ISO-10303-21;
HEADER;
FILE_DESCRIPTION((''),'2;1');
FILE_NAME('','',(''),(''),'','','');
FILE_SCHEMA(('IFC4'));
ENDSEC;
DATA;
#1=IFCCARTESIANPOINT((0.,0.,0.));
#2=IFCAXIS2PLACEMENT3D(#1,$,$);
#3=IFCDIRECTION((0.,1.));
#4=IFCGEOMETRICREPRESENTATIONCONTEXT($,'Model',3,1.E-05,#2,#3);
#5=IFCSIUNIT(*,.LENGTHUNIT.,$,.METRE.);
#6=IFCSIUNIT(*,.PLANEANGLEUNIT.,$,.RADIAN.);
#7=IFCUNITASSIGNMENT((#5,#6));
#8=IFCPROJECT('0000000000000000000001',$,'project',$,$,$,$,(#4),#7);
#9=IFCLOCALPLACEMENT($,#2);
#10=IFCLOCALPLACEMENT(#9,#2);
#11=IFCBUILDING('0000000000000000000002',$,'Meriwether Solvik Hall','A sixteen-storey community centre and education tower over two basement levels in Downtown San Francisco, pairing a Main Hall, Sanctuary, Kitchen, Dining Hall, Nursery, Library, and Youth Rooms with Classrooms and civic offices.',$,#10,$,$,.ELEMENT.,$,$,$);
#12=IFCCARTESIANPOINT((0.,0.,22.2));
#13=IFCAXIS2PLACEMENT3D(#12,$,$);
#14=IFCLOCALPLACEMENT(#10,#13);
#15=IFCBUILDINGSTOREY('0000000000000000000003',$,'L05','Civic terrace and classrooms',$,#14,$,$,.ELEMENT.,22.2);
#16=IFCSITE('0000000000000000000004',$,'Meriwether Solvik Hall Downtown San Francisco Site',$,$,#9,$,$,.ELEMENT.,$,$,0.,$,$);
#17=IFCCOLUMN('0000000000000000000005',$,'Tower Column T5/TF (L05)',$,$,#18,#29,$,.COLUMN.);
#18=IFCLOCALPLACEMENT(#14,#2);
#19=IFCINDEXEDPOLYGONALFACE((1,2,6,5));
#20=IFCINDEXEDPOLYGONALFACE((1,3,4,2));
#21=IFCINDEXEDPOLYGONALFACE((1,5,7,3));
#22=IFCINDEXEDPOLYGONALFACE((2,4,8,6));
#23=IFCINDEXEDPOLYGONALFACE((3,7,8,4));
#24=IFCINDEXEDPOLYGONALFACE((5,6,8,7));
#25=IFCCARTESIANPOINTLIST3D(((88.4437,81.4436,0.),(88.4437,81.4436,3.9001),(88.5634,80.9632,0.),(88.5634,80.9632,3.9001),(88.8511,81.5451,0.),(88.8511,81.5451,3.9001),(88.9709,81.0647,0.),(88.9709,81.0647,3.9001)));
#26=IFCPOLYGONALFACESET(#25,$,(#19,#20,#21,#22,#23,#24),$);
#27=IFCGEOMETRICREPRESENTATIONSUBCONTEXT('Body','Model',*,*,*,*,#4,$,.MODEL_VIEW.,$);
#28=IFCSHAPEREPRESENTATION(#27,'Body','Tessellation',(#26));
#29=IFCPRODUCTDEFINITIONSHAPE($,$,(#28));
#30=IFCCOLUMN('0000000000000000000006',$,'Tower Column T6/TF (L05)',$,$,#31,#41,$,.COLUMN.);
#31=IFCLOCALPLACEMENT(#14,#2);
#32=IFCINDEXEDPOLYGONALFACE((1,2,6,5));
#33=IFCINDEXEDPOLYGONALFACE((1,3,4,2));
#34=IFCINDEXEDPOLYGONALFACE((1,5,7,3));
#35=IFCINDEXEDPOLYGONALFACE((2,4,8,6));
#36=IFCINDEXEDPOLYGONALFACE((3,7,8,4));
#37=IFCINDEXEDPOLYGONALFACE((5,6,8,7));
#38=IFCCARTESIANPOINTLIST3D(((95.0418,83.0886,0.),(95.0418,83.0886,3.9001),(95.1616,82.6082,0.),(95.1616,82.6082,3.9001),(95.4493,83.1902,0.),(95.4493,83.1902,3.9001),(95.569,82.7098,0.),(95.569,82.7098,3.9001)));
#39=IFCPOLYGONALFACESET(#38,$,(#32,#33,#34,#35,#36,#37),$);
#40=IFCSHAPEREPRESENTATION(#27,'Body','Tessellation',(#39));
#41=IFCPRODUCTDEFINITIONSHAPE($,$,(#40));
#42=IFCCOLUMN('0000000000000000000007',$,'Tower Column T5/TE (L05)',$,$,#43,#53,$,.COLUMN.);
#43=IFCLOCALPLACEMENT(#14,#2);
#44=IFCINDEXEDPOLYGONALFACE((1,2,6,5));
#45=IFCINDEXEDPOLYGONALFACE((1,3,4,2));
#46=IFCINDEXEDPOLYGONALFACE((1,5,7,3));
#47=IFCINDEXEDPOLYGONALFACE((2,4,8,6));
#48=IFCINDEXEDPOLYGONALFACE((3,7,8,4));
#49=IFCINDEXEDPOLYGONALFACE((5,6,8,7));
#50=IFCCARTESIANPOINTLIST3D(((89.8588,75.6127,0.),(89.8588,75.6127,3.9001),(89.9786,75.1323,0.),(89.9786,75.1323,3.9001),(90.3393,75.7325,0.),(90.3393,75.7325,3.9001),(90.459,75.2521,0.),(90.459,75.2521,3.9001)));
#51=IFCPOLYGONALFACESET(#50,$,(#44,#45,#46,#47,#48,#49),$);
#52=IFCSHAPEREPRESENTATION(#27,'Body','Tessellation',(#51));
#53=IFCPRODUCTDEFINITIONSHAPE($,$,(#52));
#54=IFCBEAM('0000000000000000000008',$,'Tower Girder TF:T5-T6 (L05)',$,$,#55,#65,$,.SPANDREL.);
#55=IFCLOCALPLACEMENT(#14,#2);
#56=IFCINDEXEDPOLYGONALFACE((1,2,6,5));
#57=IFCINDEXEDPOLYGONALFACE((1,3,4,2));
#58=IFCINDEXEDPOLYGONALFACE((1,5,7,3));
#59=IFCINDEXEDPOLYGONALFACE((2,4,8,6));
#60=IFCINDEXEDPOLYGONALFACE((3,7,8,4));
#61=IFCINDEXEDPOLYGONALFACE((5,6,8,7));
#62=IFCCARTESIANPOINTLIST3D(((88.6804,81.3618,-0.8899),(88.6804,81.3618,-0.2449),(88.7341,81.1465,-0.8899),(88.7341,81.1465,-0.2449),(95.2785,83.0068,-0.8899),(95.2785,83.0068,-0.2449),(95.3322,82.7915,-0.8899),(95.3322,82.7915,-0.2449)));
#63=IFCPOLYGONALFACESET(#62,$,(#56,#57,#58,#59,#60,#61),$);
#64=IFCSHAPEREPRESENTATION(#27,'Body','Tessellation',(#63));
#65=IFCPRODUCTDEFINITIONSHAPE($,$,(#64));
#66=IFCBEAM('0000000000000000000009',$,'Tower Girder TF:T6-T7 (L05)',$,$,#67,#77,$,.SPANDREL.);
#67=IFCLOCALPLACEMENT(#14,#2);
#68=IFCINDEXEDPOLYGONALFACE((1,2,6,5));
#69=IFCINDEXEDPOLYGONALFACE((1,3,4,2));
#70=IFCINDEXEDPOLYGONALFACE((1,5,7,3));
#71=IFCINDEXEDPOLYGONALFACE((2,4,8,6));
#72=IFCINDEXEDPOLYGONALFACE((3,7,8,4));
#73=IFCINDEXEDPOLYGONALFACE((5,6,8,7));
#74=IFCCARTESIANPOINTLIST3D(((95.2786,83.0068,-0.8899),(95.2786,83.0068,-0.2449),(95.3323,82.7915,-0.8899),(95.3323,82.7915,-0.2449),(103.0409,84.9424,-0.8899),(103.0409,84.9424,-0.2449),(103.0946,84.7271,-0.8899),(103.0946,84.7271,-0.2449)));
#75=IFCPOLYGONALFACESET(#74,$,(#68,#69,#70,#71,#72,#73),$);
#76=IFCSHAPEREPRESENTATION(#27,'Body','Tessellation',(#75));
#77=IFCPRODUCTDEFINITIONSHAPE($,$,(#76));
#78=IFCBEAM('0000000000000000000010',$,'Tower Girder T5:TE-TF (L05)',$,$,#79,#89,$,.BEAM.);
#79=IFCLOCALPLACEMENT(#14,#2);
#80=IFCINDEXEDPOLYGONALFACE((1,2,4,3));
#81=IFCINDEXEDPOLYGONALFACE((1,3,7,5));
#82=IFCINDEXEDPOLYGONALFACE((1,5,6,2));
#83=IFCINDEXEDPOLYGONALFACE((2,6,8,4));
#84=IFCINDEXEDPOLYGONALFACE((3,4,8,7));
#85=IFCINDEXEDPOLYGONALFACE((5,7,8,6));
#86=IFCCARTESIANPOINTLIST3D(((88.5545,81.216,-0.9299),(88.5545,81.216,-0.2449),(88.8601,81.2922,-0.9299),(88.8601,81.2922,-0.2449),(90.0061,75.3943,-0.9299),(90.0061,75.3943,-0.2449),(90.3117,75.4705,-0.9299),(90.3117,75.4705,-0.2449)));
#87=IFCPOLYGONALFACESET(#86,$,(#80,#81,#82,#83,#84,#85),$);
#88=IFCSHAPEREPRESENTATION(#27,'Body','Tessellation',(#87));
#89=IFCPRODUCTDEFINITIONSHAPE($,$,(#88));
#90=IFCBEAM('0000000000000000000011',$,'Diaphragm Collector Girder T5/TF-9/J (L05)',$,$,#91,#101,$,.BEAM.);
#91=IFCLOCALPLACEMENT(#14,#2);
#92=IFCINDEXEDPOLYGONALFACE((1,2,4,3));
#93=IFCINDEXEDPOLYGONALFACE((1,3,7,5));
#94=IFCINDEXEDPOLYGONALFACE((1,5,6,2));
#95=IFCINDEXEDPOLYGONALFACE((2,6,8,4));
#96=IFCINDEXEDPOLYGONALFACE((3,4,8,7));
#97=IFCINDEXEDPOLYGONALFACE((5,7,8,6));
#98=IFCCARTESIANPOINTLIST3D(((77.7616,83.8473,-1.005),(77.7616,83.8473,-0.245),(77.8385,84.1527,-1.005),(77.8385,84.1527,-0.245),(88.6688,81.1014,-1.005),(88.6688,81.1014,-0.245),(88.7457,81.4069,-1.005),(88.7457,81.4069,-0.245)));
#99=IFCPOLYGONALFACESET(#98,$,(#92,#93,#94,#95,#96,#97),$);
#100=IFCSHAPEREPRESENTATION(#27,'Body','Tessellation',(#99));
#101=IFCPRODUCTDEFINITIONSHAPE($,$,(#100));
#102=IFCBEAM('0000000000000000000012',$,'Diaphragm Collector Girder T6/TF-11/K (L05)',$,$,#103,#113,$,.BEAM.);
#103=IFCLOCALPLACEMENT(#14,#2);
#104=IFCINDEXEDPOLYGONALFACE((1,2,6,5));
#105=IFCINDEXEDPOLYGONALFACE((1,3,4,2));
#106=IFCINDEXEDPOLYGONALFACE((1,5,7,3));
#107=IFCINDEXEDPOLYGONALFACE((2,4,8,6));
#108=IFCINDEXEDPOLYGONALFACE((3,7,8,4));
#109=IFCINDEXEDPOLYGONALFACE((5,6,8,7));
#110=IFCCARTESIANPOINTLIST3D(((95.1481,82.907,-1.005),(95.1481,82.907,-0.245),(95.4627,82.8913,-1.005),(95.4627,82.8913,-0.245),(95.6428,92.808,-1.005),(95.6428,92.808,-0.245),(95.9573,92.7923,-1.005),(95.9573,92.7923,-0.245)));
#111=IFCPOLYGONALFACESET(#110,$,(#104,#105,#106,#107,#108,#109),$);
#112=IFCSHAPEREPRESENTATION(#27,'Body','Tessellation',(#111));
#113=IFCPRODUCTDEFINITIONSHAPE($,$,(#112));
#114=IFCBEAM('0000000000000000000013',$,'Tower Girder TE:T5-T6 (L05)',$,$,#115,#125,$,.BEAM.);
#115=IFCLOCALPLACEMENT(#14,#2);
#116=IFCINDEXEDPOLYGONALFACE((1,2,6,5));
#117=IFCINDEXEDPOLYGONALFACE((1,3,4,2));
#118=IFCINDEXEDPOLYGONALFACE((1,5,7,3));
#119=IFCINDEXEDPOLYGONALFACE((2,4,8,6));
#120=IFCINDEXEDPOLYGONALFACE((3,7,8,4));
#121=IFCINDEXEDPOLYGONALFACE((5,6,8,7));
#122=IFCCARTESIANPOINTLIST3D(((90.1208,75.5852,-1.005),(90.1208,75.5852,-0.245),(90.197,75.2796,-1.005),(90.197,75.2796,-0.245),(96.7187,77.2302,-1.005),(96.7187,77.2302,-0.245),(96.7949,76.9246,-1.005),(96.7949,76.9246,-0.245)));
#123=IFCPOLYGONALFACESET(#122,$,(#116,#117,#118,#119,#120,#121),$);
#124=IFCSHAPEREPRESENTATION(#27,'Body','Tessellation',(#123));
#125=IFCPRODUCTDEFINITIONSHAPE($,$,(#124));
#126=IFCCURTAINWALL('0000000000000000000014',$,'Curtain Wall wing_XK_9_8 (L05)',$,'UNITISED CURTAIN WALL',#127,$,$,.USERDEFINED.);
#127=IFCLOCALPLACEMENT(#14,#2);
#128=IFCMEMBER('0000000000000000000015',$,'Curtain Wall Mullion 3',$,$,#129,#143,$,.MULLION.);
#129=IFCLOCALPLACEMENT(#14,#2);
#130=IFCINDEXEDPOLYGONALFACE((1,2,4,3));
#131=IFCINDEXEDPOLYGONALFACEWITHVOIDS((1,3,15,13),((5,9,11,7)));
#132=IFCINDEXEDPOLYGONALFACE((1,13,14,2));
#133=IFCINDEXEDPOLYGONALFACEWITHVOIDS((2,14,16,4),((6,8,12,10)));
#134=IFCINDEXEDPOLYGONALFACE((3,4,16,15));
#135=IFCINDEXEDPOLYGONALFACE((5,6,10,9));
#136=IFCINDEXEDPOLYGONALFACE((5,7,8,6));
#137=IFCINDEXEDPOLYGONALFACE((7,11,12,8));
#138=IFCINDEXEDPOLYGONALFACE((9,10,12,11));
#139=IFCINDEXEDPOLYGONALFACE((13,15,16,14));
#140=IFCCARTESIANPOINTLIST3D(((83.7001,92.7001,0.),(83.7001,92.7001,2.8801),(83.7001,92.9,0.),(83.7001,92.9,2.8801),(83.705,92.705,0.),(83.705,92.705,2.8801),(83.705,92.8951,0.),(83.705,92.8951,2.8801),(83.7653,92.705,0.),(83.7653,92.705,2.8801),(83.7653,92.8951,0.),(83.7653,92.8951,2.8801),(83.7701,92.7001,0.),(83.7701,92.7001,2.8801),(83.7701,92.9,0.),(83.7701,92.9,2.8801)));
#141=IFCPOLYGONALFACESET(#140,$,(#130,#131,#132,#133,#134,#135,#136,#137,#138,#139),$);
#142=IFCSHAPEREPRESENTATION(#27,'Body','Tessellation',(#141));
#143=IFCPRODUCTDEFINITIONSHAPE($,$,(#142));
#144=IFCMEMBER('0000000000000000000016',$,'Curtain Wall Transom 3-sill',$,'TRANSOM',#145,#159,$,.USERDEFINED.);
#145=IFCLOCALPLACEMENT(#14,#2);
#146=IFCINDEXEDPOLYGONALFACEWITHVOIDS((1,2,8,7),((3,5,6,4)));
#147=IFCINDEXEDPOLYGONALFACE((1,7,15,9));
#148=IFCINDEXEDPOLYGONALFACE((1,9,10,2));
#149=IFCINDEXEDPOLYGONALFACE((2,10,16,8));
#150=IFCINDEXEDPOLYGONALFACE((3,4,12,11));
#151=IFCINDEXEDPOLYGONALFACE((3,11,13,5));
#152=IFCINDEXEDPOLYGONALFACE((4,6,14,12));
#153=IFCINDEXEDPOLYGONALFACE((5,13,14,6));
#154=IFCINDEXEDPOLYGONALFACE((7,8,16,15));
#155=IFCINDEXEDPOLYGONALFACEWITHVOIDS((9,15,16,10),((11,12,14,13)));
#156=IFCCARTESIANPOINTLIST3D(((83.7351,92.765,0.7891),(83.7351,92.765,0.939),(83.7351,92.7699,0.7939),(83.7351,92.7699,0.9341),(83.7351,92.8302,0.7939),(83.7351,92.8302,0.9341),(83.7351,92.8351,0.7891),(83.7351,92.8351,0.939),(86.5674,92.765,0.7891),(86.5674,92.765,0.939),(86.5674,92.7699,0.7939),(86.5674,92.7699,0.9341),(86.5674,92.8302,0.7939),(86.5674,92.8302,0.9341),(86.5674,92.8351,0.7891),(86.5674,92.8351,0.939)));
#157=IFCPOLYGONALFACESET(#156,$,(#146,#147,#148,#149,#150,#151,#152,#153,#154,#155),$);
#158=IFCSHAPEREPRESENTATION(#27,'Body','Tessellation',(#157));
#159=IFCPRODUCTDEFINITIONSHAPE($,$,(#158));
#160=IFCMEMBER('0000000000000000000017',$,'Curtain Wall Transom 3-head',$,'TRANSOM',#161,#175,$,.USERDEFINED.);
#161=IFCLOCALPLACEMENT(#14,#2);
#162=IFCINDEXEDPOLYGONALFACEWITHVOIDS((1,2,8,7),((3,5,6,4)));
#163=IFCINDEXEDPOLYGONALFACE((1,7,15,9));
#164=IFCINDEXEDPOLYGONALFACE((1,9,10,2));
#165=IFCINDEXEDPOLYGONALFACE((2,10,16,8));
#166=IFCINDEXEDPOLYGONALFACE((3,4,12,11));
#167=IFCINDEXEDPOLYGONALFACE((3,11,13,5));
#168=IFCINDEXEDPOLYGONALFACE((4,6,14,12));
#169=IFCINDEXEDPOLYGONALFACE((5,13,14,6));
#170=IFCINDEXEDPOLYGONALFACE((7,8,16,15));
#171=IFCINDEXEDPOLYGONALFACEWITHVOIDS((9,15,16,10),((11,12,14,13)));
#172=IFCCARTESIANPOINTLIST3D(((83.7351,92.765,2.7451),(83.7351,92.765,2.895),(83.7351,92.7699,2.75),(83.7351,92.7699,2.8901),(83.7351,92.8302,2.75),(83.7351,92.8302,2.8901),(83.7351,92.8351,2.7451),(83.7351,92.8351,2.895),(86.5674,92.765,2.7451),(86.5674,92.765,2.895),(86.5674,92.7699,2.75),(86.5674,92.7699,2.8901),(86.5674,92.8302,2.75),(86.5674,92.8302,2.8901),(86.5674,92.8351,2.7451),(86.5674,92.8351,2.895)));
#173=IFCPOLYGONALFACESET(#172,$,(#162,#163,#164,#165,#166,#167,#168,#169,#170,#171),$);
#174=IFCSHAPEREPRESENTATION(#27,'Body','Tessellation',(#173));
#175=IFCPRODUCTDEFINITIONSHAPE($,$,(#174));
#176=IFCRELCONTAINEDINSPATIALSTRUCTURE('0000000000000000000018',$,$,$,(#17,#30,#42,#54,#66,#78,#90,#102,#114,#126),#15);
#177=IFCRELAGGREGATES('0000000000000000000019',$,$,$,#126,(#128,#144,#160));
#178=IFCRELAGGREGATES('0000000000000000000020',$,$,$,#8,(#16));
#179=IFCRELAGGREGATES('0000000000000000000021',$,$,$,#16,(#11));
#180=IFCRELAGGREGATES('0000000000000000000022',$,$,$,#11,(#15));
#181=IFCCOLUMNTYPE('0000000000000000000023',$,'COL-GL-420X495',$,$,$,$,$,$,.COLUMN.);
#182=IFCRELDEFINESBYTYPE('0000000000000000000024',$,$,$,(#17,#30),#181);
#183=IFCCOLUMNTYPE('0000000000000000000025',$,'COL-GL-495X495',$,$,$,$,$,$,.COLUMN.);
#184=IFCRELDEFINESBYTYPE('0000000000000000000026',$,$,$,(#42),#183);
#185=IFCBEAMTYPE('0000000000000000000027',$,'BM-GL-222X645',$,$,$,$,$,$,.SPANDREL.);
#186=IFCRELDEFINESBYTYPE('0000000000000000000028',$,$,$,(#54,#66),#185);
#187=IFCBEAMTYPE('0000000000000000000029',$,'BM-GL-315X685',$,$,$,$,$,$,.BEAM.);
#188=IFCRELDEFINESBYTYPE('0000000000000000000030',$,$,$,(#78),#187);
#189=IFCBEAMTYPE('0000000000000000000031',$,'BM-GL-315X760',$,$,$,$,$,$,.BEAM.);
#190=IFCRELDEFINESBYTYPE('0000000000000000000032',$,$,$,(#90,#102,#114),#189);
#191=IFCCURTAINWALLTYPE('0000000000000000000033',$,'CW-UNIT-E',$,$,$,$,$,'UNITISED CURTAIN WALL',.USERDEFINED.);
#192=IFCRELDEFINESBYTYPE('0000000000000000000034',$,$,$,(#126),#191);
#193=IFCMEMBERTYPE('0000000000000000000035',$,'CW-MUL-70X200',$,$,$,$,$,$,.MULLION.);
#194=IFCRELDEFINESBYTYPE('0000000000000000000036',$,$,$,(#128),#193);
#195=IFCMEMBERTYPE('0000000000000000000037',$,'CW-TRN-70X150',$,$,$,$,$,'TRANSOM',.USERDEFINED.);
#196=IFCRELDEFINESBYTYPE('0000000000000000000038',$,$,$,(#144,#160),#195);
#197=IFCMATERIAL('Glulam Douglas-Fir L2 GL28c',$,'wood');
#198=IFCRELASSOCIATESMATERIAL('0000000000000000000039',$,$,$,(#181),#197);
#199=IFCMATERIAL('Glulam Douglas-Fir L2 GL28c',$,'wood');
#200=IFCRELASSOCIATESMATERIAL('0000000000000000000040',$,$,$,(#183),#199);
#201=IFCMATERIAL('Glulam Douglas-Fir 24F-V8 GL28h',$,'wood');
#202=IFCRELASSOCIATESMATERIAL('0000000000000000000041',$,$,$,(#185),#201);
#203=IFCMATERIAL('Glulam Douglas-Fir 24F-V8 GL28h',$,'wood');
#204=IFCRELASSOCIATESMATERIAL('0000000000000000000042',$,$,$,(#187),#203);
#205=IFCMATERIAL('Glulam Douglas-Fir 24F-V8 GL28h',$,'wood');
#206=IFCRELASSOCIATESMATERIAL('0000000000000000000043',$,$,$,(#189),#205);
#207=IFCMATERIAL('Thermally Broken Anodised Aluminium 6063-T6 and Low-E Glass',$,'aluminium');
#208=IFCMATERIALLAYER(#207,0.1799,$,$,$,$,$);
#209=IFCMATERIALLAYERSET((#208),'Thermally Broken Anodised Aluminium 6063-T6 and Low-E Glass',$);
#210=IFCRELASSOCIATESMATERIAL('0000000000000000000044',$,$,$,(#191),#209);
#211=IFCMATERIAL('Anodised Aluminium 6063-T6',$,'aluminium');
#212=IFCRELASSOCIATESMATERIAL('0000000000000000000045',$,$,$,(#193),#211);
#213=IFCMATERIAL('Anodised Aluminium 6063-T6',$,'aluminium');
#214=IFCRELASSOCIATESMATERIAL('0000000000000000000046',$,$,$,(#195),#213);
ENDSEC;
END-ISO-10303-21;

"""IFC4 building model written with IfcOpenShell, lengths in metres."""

from ifc_helpers import new_model, si_unit, direction, frame, origin, origin_2d, place, context, subcontext, project, spatial, rectangle, hollow_rectangle, extrude, material, layer, layer_set, material_profile, profile_set, type_object, element, aggregate, save


model = new_model("IFC4")

# Units and contexts
model_context = context("Model", 3, precision=1e-05, world=origin(), true_north=direction((0.0, 1.0)))
body_context = subcontext(model_context, "Body", "Model", "MODEL_VIEW")
ifc_project = project(units=[si_unit("LENGTHUNIT", "METRE"), si_unit("PLANEANGLEUNIT", "RADIAN")], contexts=[model_context])

# Site, building, storey
site_placement = place(None, origin())
site = spatial("IfcSite", under=ifc_project, at=site_placement, Name="Meriwether Solvik Hall Downtown San Francisco Site", CompositionType="ELEMENT", RefElevation=0.0)
building_placement = place(site_placement, origin())
building = spatial("IfcBuilding", under=site, at=building_placement, Name="Meriwether Solvik Hall", Description="A sixteen-storey community centre and education tower over two basement levels in Downtown San Francisco, pairing a Main Hall, Sanctuary, Kitchen, Dining Hall, Nursery, Library, and Youth Rooms with Classrooms and civic offices.", CompositionType="ELEMENT")
storey_placement = place(building_placement, frame((0.0, 0.0, 22.2)))
storey = spatial("IfcBuildingStorey", under=building, at=storey_placement, Name="L05", Description="Civic terrace and classrooms", CompositionType="ELEMENT", Elevation=22.2)

# Columns
ifc_material_1 = material(Name="Glulam Douglas-Fir L2 GL28c", Category="wood")
ifc_material_profile_1 = material_profile(ifc_material_1, rectangle(XDim=0.4199, YDim=0.4951, at=origin_2d()), Name="GLC-420X495")
ifc_profile_set_1 = profile_set([ifc_material_profile_1], Name="Glulam Douglas-Fir L2 GL28c")
column_type_1 = type_object("IfcColumnType", Name="COL-GL-420X495", PredefinedType="COLUMN", material=ifc_profile_set_1)
for number, where, z_axis, x_axis, name in (
    (1, (88.7073, 81.2542, 0.0), (0.0, 0.0, 1.0), (0.970296, 0.241922, 0.0), "Tower Column T5/TF (L05)"),
    (2, (95.3054, 82.8992, 0.0), (0.0, 0.0, 1.0), (0.970296, 0.241922, 0.0), "Tower Column T6/TF (L05)"),
):
    element("IfcColumn", number, at=place(storey_placement, frame(where, z_axis=z_axis, x_axis=x_axis)), inside=storey, type_object=column_type_1, Name=name, PredefinedType="COLUMN", context=body_context, shape_type="SweptSolid", body=[
        extrude(rectangle(XDim=0.4199, YDim=0.4951, at=origin_2d()), origin(), (0.0, 0.0, 1.0), 3.9001),
    ])
ifc_material_2 = material(Name="Glulam Douglas-Fir L2 GL28c", Category="wood")
ifc_material_profile_2 = material_profile(ifc_material_2, rectangle(XDim=0.4951, YDim=0.4951, at=origin_2d()), Name="GLC-495X495")
ifc_profile_set_2 = profile_set([ifc_material_profile_2], Name="Glulam Douglas-Fir L2 GL28c")
column_type_2 = type_object("IfcColumnType", Name="COL-GL-495X495", PredefinedType="COLUMN", material=ifc_profile_set_2)
column_placement = place(storey_placement, frame((90.1589, 75.4324, 0.0), z_axis=(0.0, 0.0, 1.0), x_axis=(0.970296, 0.241922, 0.0)))
element("IfcColumn", 3, at=column_placement, inside=storey, type_object=column_type_2, Name="Tower Column T5/TE (L05)", PredefinedType="COLUMN", context=body_context, shape_type="SweptSolid", body=[
    extrude(rectangle(XDim=0.4951, YDim=0.4951, at=origin_2d()), origin(), (0.0, 0.0, 1.0), 3.9001),
])

# Beams
ifc_material_3 = material(Name="Glulam Douglas-Fir 24F-V8 GL28h", Category="wood")
ifc_material_profile_3 = material_profile(ifc_material_3, rectangle(XDim=0.2219, YDim=0.645, at=origin_2d()), Name="GLB-222X645")
ifc_profile_set_3 = profile_set([ifc_material_profile_3], Name="Glulam Douglas-Fir 24F-V8 GL28h")
beam_type_1 = type_object("IfcBeamType", Name="BM-GL-222X645", PredefinedType="SPANDREL", material=ifc_profile_set_3)
beam_1_placement = place(storey_placement, frame((88.7073, 81.2542, -0.5674), z_axis=(0.970299, 0.24191, 0.0), x_axis=(-0.24191, 0.970299, 0.0)))
element("IfcBeam", 4, at=beam_1_placement, inside=storey, type_object=beam_type_1, Name="Tower Girder TF:T5-T6 (L05)", PredefinedType="SPANDREL", context=body_context, shape_type="SweptSolid", body=[
    extrude(rectangle(XDim=0.2219, YDim=0.645, at=origin_2d()), origin(), (0.0, 0.0, 1.0), 6.8),
])
beam_2_placement = place(storey_placement, frame((95.3054, 82.8992, -0.5674), z_axis=(0.97029, 0.241947, 0.0), x_axis=(-0.241947, 0.97029, 0.0)))
element("IfcBeam", 5, at=beam_2_placement, inside=storey, type_object=beam_type_1, Name="Tower Girder TF:T6-T7 (L05)", PredefinedType="SPANDREL", context=body_context, shape_type="SweptSolid", body=[
    extrude(rectangle(XDim=0.2219, YDim=0.645, at=origin_2d()), origin(), (0.0, 0.0, 1.0), 8.0),
])
ifc_material_4 = material(Name="Glulam Douglas-Fir 24F-V8 GL28h", Category="wood")
ifc_material_profile_4 = material_profile(ifc_material_4, rectangle(XDim=0.3149, YDim=0.6851, at=origin_2d()), Name="GLB-315X685")
ifc_profile_set_4 = profile_set([ifc_material_profile_4], Name="Glulam Douglas-Fir 24F-V8 GL28h")
beam_type_2 = type_object("IfcBeamType", Name="BM-GL-315X685", PredefinedType="BEAM", material=ifc_profile_set_4)
beam_3_placement = place(storey_placement, frame((90.1589, 75.4324, -0.5874), z_axis=(-0.241942, 0.970291, 0.0), x_axis=(-0.970291, -0.241942, 0.0)))
element("IfcBeam", 6, at=beam_3_placement, inside=storey, type_object=beam_type_2, Name="Tower Girder T5:TE-TF (L05)", PredefinedType="BEAM", context=body_context, shape_type="SweptSolid", body=[
    extrude(rectangle(XDim=0.3149, YDim=0.6851, at=origin_2d()), origin(), (0.0, 0.0, 1.0), 6.0),
])
ifc_material_5 = material(Name="Glulam Douglas-Fir 24F-V8 GL28h", Category="wood")
ifc_material_profile_5 = material_profile(ifc_material_5, rectangle(XDim=0.3149, YDim=0.76, at=origin_2d()), Name="GLB-315X760")
ifc_profile_set_5 = profile_set([ifc_material_profile_5], Name="Glulam Douglas-Fir 24F-V8 GL28h")
beam_type_3 = type_object("IfcBeamType", Name="BM-GL-315X760", PredefinedType="BEAM", material=ifc_profile_set_5)
beam_4_placement = place(storey_placement, frame((88.7073, 81.2542, -0.625), z_axis=(-0.969743, 0.244129, 0.0), x_axis=(-0.244129, -0.969743, 0.0)))
element("IfcBeam", 7, at=beam_4_placement, inside=storey, type_object=beam_type_3, Name="Diaphragm Collector Girder T5/TF-9/J (L05)", PredefinedType="BEAM", context=body_context, shape_type="SweptSolid", body=[
    extrude(rectangle(XDim=0.3149, YDim=0.76, at=origin_2d()), origin(), (0.0, 0.0, 1.0), 11.2476),
])
beam_5_placement = place(storey_placement, frame((95.3054, 82.8992, -0.625), z_axis=(0.049896, 0.998754, 0.0), x_axis=(-0.998754, 0.049896, 0.0)))
element("IfcBeam", 8, at=beam_5_placement, inside=storey, type_object=beam_type_3, Name="Diaphragm Collector Girder T6/TF-11/K (L05)", PredefinedType="BEAM", context=body_context, shape_type="SweptSolid", body=[
    extrude(rectangle(XDim=0.3149, YDim=0.76, at=origin_2d()), origin(), (0.0, 0.0, 1.0), 9.9133),
])
beam_6_placement = place(storey_placement, frame((90.1589, 75.4324, -0.625), z_axis=(0.970296, 0.241919, 0.0), x_axis=(-0.241919, 0.970296, 0.0)))
element("IfcBeam", 9, at=beam_6_placement, inside=storey, type_object=beam_type_3, Name="Tower Girder TE:T5-T6 (L05)", PredefinedType="BEAM", context=body_context, shape_type="SweptSolid", body=[
    extrude(rectangle(XDim=0.3149, YDim=0.76, at=origin_2d()), origin(), (0.0, 0.0, 1.0), 6.7998),
])

# Curtain wall, members
ifc_material_6 = material(Name="Thermally Broken Anodised Aluminium 6063-T6 and Low-E Glass", Category="aluminium")
ifc_layer_1 = layer(ifc_material_6, 0.1799)
ifc_layer_set_1 = layer_set([ifc_layer_1], Name="Thermally Broken Anodised Aluminium 6063-T6 and Low-E Glass")
curtain_wall_type = type_object("IfcCurtainWallType", Name="CW-UNIT-E", ElementType="UNITISED CURTAIN WALL", PredefinedType="USERDEFINED", material=ifc_layer_set_1)
curtain_wall_placement = place(storey_placement, origin())
curtain_wall = element("IfcCurtainWall", 10, at=curtain_wall_placement, inside=storey, type_object=curtain_wall_type, Name="Curtain Wall wing_XK_9_8 (L05)", ObjectType="UNITISED CURTAIN WALL", PredefinedType="USERDEFINED")
ifc_material_7 = material(Name="Anodised Aluminium 6063-T6", Category="aluminium")
ifc_material_profile_6 = material_profile(ifc_material_7, hollow_rectangle(XDim=0.0701, YDim=0.2, WallThickness=0.0049, at=origin_2d()), Name="CWM-70X200")
ifc_profile_set_6 = profile_set([ifc_material_profile_6], Name="Anodised Aluminium 6063-T6")
member_type_1 = type_object("IfcMemberType", Name="CW-MUL-70X200", PredefinedType="MULLION", material=ifc_profile_set_6)
member_1_placement = place(storey_placement, frame((83.7351, 92.8, 0.0), z_axis=(0.0, 0.0, 1.0), x_axis=(1.0, 0.0, 0.0)))
member_1 = element("IfcMember", 11, at=member_1_placement, type_object=member_type_1, Name="Curtain Wall Mullion 3", PredefinedType="MULLION", context=body_context, shape_type="SweptSolid", body=[
    extrude(hollow_rectangle(XDim=0.0701, YDim=0.2, WallThickness=0.0049, at=origin_2d()), origin(), (0.0, 0.0, 1.0), 2.8801),
])
ifc_material_8 = material(Name="Anodised Aluminium 6063-T6", Category="aluminium")
ifc_material_profile_7 = material_profile(ifc_material_8, hollow_rectangle(XDim=0.0701, YDim=0.1499, WallThickness=0.0049, at=origin_2d()), Name="CWT-70X150")
ifc_profile_set_7 = profile_set([ifc_material_profile_7], Name="Anodised Aluminium 6063-T6")
member_type_2 = type_object("IfcMemberType", Name="CW-TRN-70X150", ElementType="TRANSOM", PredefinedType="USERDEFINED", material=ifc_profile_set_7)
member_2_placement = place(storey_placement, frame((83.7351, 92.8, 0.864), z_axis=(1.0, 0.0, 0.0), x_axis=(0.0, 1.0, 0.0)))
member_2 = element("IfcMember", 12, at=member_2_placement, type_object=member_type_2, Name="Curtain Wall Transom 3-sill", ObjectType="TRANSOM", PredefinedType="USERDEFINED", context=body_context, shape_type="SweptSolid", body=[
    extrude(hollow_rectangle(XDim=0.0701, YDim=0.1499, WallThickness=0.0049, at=origin_2d()), origin(), (0.0, 0.0, 1.0), 2.8323),
])
member_3_placement = place(storey_placement, frame((83.7351, 92.8, 2.8201), z_axis=(1.0, 0.0, 0.0), x_axis=(0.0, 1.0, 0.0)))
member_3 = element("IfcMember", 13, at=member_3_placement, type_object=member_type_2, Name="Curtain Wall Transom 3-head", ObjectType="TRANSOM", PredefinedType="USERDEFINED", context=body_context, shape_type="SweptSolid", body=[
    extrude(hollow_rectangle(XDim=0.0701, YDim=0.1499, WallThickness=0.0049, at=origin_2d()), origin(), (0.0, 0.0, 1.0), 2.8323),
])

aggregate(curtain_wall, [member_1, member_2, member_3])

save(model, "model.ifc")
